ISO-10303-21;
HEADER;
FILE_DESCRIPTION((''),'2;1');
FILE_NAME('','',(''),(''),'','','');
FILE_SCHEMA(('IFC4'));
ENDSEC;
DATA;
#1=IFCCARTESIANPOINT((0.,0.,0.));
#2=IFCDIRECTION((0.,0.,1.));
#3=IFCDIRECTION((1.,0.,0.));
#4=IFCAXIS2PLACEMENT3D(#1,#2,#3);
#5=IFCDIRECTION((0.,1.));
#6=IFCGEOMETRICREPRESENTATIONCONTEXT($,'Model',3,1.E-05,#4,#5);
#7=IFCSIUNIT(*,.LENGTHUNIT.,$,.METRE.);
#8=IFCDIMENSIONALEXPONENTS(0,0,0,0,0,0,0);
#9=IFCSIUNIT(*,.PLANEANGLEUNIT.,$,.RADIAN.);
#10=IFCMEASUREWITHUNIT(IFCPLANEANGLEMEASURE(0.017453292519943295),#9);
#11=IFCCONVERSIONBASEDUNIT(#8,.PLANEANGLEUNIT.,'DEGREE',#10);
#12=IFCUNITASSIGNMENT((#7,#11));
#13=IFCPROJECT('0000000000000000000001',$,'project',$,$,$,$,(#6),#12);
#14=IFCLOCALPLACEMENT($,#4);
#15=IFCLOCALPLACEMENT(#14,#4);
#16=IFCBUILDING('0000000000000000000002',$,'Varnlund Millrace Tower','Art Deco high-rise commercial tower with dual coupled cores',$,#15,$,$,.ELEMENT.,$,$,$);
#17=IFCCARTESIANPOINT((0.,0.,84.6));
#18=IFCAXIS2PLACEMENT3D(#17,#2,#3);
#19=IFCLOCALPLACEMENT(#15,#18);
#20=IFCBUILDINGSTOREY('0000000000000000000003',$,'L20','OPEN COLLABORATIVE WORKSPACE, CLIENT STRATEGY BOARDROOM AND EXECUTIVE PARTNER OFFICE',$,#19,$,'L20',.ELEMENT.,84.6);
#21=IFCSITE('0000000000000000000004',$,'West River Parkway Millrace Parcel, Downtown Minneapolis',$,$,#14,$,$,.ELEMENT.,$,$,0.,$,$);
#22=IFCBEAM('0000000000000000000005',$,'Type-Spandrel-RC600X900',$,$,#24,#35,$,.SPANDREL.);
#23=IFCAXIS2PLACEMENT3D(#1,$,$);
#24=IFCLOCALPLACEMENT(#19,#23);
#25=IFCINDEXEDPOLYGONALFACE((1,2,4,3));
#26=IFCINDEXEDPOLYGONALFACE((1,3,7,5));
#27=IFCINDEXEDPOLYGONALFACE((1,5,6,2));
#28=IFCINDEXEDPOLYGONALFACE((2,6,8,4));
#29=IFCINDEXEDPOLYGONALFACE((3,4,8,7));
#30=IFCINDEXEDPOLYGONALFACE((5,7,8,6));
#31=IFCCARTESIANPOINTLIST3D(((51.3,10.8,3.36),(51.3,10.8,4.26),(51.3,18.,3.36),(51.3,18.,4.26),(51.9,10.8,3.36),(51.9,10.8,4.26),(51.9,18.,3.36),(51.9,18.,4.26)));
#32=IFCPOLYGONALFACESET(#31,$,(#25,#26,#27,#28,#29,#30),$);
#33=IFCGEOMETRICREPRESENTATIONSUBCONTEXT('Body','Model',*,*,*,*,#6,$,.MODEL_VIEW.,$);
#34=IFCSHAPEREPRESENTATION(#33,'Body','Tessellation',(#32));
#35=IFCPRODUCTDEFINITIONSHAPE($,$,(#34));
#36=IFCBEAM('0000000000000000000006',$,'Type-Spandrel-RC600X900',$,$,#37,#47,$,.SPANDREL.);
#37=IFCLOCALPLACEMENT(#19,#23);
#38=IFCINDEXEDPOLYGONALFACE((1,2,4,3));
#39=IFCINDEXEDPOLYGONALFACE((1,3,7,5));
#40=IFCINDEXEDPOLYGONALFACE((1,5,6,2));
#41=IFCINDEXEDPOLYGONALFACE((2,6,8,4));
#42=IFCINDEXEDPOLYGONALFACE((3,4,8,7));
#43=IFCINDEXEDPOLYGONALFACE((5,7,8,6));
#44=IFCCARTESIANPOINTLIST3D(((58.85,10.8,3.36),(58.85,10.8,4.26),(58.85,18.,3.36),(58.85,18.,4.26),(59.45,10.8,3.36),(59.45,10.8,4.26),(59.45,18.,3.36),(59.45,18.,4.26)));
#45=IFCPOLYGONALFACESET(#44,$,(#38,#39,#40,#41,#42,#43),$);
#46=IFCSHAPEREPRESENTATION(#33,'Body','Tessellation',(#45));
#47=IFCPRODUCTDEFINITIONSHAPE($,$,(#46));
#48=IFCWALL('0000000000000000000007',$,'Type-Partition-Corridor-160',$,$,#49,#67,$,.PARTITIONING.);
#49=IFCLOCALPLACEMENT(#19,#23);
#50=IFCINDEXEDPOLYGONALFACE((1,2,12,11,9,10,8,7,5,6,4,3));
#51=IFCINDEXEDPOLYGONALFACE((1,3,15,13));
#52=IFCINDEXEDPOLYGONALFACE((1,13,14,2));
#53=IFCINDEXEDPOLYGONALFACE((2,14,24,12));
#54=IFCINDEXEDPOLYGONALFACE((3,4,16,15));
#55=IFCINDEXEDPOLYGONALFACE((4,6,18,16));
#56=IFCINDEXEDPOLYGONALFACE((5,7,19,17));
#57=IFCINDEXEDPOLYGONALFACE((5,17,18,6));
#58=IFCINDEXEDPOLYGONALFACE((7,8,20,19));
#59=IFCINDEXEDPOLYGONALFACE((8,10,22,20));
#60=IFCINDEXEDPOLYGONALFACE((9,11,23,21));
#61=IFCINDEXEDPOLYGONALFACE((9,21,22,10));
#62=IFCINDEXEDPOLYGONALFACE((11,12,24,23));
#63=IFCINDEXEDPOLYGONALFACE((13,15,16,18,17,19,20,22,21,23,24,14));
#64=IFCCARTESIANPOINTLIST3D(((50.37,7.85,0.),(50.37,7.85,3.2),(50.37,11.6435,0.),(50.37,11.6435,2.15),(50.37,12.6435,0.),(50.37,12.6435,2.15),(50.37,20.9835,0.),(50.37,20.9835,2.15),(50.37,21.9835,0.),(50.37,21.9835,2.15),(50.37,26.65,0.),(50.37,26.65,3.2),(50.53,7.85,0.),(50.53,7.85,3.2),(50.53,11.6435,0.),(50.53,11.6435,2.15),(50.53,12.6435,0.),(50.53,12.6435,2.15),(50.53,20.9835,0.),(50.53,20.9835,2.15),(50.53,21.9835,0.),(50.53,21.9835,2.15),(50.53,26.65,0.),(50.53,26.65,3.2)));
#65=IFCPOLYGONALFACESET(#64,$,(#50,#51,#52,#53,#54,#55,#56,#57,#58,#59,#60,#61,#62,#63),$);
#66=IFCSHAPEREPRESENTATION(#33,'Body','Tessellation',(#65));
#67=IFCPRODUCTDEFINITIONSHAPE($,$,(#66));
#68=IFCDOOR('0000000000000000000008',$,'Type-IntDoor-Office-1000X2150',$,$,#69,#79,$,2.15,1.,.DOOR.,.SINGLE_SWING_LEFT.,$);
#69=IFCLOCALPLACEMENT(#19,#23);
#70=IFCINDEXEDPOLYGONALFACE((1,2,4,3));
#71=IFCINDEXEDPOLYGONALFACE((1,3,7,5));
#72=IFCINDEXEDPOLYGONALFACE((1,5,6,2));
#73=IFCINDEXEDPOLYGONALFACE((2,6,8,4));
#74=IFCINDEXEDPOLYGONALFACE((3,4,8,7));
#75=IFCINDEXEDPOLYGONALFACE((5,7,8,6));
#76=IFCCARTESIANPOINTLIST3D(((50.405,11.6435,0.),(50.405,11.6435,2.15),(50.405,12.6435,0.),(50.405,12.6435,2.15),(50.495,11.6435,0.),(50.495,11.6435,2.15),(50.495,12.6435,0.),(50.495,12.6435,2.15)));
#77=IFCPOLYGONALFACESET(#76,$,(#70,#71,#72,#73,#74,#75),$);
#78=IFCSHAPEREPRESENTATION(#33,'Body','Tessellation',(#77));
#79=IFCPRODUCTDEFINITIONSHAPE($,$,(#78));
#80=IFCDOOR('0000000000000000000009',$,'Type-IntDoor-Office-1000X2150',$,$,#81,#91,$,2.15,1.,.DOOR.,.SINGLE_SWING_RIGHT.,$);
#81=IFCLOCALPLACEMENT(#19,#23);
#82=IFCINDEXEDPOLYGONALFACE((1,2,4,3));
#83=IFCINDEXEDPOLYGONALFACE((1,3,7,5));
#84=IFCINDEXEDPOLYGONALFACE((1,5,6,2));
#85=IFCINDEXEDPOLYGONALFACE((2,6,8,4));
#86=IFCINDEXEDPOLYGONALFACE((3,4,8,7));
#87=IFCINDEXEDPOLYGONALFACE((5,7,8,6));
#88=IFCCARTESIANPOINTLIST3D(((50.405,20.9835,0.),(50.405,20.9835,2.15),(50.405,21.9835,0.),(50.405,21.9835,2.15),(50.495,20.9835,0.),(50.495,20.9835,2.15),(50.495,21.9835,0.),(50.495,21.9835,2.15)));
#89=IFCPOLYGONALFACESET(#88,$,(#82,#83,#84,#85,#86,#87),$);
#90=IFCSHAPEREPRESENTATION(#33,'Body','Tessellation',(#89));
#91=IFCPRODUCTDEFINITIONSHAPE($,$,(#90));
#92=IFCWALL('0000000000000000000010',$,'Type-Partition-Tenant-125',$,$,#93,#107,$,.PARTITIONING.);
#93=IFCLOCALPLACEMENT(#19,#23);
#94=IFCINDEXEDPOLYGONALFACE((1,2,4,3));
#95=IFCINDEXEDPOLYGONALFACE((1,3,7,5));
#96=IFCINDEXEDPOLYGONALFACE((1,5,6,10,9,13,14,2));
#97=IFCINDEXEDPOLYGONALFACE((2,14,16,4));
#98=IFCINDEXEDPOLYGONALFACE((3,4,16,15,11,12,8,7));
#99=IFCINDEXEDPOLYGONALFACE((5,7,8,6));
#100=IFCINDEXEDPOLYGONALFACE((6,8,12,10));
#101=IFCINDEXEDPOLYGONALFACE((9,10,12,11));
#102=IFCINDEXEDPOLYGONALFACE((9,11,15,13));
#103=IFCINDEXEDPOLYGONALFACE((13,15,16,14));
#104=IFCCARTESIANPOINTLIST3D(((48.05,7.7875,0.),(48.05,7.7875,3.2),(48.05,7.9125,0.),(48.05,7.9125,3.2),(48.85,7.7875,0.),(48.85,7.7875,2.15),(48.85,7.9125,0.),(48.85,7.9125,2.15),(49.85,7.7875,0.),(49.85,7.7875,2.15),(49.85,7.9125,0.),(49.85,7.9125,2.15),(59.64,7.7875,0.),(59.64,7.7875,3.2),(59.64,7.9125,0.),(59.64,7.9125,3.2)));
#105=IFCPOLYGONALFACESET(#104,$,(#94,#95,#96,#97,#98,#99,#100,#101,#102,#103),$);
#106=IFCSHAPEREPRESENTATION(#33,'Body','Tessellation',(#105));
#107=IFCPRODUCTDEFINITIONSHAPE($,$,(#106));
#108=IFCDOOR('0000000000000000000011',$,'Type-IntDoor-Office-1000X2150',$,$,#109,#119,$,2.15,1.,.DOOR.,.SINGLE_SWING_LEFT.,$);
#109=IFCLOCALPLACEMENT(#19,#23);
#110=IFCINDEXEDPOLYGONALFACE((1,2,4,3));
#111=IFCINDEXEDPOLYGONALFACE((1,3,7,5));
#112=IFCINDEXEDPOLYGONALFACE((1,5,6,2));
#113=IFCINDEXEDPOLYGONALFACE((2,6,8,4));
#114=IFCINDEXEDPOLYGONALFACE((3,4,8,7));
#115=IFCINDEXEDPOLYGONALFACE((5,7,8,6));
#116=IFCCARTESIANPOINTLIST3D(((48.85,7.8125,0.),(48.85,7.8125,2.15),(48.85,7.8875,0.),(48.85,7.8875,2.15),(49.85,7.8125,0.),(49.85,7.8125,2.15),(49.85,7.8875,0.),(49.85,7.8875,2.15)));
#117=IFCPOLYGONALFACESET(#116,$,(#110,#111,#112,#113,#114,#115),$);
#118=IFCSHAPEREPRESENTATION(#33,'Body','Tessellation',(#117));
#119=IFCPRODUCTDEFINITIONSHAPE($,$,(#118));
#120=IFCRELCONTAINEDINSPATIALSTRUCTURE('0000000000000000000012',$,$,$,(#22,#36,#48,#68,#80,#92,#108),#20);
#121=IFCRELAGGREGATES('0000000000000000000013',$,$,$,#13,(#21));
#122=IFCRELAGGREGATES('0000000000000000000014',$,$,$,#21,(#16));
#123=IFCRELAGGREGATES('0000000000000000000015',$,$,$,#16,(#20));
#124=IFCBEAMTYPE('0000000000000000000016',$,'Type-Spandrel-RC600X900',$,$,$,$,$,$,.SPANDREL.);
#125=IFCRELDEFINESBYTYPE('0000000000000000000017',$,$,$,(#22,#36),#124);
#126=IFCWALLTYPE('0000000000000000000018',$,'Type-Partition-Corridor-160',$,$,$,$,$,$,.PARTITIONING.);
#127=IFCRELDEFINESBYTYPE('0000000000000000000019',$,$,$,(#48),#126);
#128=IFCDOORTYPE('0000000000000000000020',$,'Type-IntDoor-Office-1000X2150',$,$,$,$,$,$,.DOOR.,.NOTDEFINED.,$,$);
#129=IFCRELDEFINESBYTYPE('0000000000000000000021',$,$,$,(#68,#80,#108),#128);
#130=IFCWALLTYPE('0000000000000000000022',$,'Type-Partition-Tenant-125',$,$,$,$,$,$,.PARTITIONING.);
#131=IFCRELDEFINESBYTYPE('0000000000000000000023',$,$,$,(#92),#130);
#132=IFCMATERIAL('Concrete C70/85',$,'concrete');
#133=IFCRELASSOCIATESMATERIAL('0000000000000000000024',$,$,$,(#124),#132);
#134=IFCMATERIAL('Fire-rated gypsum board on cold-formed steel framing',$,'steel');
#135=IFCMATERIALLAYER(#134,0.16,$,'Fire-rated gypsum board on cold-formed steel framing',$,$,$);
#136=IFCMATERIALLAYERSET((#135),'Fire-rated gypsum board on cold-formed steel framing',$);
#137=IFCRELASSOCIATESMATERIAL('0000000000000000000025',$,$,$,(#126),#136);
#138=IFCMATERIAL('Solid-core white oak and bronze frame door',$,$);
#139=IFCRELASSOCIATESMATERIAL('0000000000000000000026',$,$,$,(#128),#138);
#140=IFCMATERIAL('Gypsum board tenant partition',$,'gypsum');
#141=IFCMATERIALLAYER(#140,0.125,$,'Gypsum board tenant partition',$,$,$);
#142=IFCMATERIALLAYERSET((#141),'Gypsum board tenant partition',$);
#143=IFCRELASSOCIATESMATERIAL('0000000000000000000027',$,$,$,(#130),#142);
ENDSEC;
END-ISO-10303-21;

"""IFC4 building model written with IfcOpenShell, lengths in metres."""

from ifc_helpers import new_model, entity, si_unit, converted_unit, direction, frame, origin_with_axes, origin_2d_with_axis, place, context, subcontext, project, spatial, polyline, rectangle, outline, extrude, material, layer, layer_set, material_profile, profile_set, type_object, element, fill, save


model = new_model("IFC4")

# Units and contexts
model_context = context("Model", 3, precision=1e-05, world=origin_with_axes(), true_north=direction((0.0, 1.0)))
body_context = subcontext(model_context, "Body", "Model", "MODEL_VIEW")
ifc_project = project(units=[si_unit("LENGTHUNIT", "METRE"), converted_unit("PLANEANGLEUNIT", "DEGREE", entity("IfcPlaneAngleMeasure", 0.017453292519943295), si_unit("PLANEANGLEUNIT", "RADIAN"), dimensions=[0, 0, 0, 0, 0, 0, 0])], contexts=[model_context])

# Site, building, storey
site_placement = place(None, origin_with_axes())
site = spatial("IfcSite", under=ifc_project, at=site_placement, Name="West River Parkway Millrace Parcel, Downtown Minneapolis", CompositionType="ELEMENT", RefElevation=0.0)
building_placement = place(site_placement, origin_with_axes())
building = spatial("IfcBuilding", under=site, at=building_placement, Name="Varnlund Millrace Tower", Description="Art Deco high-rise commercial tower with dual coupled cores", CompositionType="ELEMENT")
storey_placement = place(building_placement, frame((0.0, 0.0, 84.6), z_axis=(0.0, 0.0, 1.0), x_axis=(1.0, 0.0, 0.0)))
storey = spatial("IfcBuildingStorey", under=building, at=storey_placement, Name="L20", Description="OPEN COLLABORATIVE WORKSPACE, CLIENT STRATEGY BOARDROOM AND EXECUTIVE PARTNER OFFICE", LongName="L20", CompositionType="ELEMENT", Elevation=84.6)

# Beams
ifc_material_1 = material(Name="Concrete C70/85", Category="concrete")
ifc_material_profile_1 = material_profile(ifc_material_1, rectangle(XDim=0.6, YDim=0.9, at=origin_2d_with_axis()), Name="Concrete C70/85")
ifc_profile_set_1 = profile_set([ifc_material_profile_1], Name="Concrete C70/85")
beam_type_1 = type_object("IfcBeamType", Name="Type-Spandrel-RC600X900", PredefinedType="SPANDREL", material=ifc_profile_set_1)
for number, where, z_axis, x_axis, name in (
    (1, (51.6, 10.8, 3.81), (0.0, 1.0, 0.0), (-1.0, 0.0, 0.0), "Type-Spandrel-RC600X900"),
    (2, (59.15, 10.8, 3.81), (0.0, 1.0, 0.0), (-1.0, 0.0, 0.0), "Type-Spandrel-RC600X900"),
):
    element("IfcBeam", number, at=place(storey_placement, frame(where, z_axis=z_axis, x_axis=x_axis)), inside=storey, type_object=beam_type_1, Name=name, PredefinedType="SPANDREL", context=body_context, shape_type="SweptSolid", body=[
        extrude(rectangle(XDim=0.6, YDim=0.9, at=origin_2d_with_axis()), origin_with_axes(), (0.0, 0.0, 1.0), 7.2),
    ])

# Wall, openings, doors
ifc_material_2 = material(Name="Fire-rated gypsum board on cold-formed steel framing", Category="steel")
ifc_layer_1 = layer(ifc_material_2, 0.16, Name="Fire-rated gypsum board on cold-formed steel framing")
ifc_layer_set_1 = layer_set([ifc_layer_1], Name="Fire-rated gypsum board on cold-formed steel framing")
wall_type_1 = type_object("IfcWallType", Name="Type-Partition-Corridor-160", PredefinedType="PARTITIONING", material=ifc_layer_set_1)
wall_1_placement = place(storey_placement, frame((50.45, 7.85, 0.0), z_axis=(0.0, 0.0, 1.0), x_axis=(0.0, 1.0, 0.0)))
wall_1 = element("IfcWall", 3, at=wall_1_placement, inside=storey, type_object=wall_type_1, Name="Type-Partition-Corridor-160", PredefinedType="PARTITIONING", context=body_context, shape_type="SweptSolid", body=[
    extrude(outline(polyline([(0.0, -0.08), (18.8, -0.08), (18.8, 0.08), (0.0, 0.08), (0.0, -0.08)])), origin_with_axes(), (0.0, 0.0, 1.0), 3.2),
])
opening_1_placement = place(wall_1_placement, frame((4.2935, 0.0, 0.0), z_axis=(0.0, 0.0, 1.0), x_axis=(1.0, 0.0, 0.0)))
opening_1 = element("IfcOpeningElement", 4, at=opening_1_placement, cuts=wall_1, PredefinedType="OPENING", context=body_context, shape_type="SweptSolid", body=[
    extrude(rectangle(XDim=1.0, YDim=0.18, at=origin_2d_with_axis()), origin_with_axes(), (0.0, 0.0, 1.0), 2.15),
])
opening_2_placement = place(wall_1_placement, frame((13.6335, 0.0, 0.0), z_axis=(0.0, 0.0, 1.0), x_axis=(1.0, 0.0, 0.0)))
opening_2 = element("IfcOpeningElement", 5, at=opening_2_placement, cuts=wall_1, PredefinedType="OPENING", context=body_context, shape_type="SweptSolid", body=[
    extrude(rectangle(XDim=1.0, YDim=0.18, at=origin_2d_with_axis()), origin_with_axes(), (0.0, 0.0, 1.0), 2.15),
])
ifc_material_3 = material(Name="Solid-core white oak and bronze frame door")
door_type = type_object("IfcDoorType", Name="Type-IntDoor-Office-1000X2150", OperationType="NOTDEFINED", PredefinedType="DOOR", material=ifc_material_3)
door_1_placement = place(wall_1_placement, frame((4.2935, 0.0, 0.0), z_axis=(0.0, 0.0, 1.0), x_axis=(1.0, 0.0, 0.0)))
door_1 = element("IfcDoor", 6, at=door_1_placement, inside=storey, type_object=door_type, Name="Type-IntDoor-Office-1000X2150", OperationType="SINGLE_SWING_LEFT", OverallHeight=2.15, OverallWidth=1.0, PredefinedType="DOOR", context=body_context, shape_type="SweptSolid", body=[
    extrude(rectangle(XDim=1.0, YDim=0.09, at=origin_2d_with_axis()), origin_with_axes(), (0.0, 0.0, 1.0), 2.15),
])
fill(opening_1, door_1)
door_2_placement = place(wall_1_placement, frame((13.6335, 0.0, 0.0), z_axis=(0.0, 0.0, 1.0), x_axis=(1.0, 0.0, 0.0)))
door_2 = element("IfcDoor", 7, at=door_2_placement, inside=storey, type_object=door_type, Name="Type-IntDoor-Office-1000X2150", OperationType="SINGLE_SWING_RIGHT", OverallHeight=2.15, OverallWidth=1.0, PredefinedType="DOOR", context=body_context, shape_type="SweptSolid", body=[
    extrude(rectangle(XDim=1.0, YDim=0.09, at=origin_2d_with_axis()), origin_with_axes(), (0.0, 0.0, 1.0), 2.15),
])
fill(opening_2, door_2)

# Wall, opening, door
ifc_material_4 = material(Name="Gypsum board tenant partition", Category="gypsum")
ifc_layer_2 = layer(ifc_material_4, 0.125, Name="Gypsum board tenant partition")
ifc_layer_set_2 = layer_set([ifc_layer_2], Name="Gypsum board tenant partition")
wall_type_2 = type_object("IfcWallType", Name="Type-Partition-Tenant-125", PredefinedType="PARTITIONING", material=ifc_layer_set_2)
wall_2_placement = place(storey_placement, frame((59.64, 7.85, 0.0), z_axis=(0.0, 0.0, 1.0), x_axis=(-1.0, 0.0, 0.0)))
wall_2 = element("IfcWall", 8, at=wall_2_placement, inside=storey, type_object=wall_type_2, Name="Type-Partition-Tenant-125", PredefinedType="PARTITIONING", context=body_context, shape_type="SweptSolid", body=[
    extrude(outline(polyline([(0.0, -0.0625), (11.59, -0.0625), (11.59, 0.0625), (0.0, 0.0625), (0.0, -0.0625)])), origin_with_axes(), (0.0, 0.0, 1.0), 3.2),
])
opening_3_placement = place(wall_2_placement, frame((10.29, 0.0, 0.0), z_axis=(0.0, 0.0, 1.0), x_axis=(1.0, 0.0, 0.0)))
opening_3 = element("IfcOpeningElement", 9, at=opening_3_placement, cuts=wall_2, PredefinedType="OPENING", context=body_context, shape_type="SweptSolid", body=[
    extrude(rectangle(XDim=1.0, YDim=0.145, at=origin_2d_with_axis()), origin_with_axes(), (0.0, 0.0, 1.0), 2.15),
])
door_3_placement = place(wall_2_placement, frame((10.29, 0.0, 0.0), z_axis=(0.0, 0.0, 1.0), x_axis=(1.0, 0.0, 0.0)))
door_3 = element("IfcDoor", 10, at=door_3_placement, inside=storey, type_object=door_type, Name="Type-IntDoor-Office-1000X2150", OperationType="SINGLE_SWING_LEFT", OverallHeight=2.15, OverallWidth=1.0, PredefinedType="DOOR", context=body_context, shape_type="SweptSolid", body=[
    extrude(rectangle(XDim=1.0, YDim=0.075, at=origin_2d_with_axis()), origin_with_axes(), (0.0, 0.0, 1.0), 2.15),
])
fill(opening_3, door_3)

save(model, "model.ifc")
